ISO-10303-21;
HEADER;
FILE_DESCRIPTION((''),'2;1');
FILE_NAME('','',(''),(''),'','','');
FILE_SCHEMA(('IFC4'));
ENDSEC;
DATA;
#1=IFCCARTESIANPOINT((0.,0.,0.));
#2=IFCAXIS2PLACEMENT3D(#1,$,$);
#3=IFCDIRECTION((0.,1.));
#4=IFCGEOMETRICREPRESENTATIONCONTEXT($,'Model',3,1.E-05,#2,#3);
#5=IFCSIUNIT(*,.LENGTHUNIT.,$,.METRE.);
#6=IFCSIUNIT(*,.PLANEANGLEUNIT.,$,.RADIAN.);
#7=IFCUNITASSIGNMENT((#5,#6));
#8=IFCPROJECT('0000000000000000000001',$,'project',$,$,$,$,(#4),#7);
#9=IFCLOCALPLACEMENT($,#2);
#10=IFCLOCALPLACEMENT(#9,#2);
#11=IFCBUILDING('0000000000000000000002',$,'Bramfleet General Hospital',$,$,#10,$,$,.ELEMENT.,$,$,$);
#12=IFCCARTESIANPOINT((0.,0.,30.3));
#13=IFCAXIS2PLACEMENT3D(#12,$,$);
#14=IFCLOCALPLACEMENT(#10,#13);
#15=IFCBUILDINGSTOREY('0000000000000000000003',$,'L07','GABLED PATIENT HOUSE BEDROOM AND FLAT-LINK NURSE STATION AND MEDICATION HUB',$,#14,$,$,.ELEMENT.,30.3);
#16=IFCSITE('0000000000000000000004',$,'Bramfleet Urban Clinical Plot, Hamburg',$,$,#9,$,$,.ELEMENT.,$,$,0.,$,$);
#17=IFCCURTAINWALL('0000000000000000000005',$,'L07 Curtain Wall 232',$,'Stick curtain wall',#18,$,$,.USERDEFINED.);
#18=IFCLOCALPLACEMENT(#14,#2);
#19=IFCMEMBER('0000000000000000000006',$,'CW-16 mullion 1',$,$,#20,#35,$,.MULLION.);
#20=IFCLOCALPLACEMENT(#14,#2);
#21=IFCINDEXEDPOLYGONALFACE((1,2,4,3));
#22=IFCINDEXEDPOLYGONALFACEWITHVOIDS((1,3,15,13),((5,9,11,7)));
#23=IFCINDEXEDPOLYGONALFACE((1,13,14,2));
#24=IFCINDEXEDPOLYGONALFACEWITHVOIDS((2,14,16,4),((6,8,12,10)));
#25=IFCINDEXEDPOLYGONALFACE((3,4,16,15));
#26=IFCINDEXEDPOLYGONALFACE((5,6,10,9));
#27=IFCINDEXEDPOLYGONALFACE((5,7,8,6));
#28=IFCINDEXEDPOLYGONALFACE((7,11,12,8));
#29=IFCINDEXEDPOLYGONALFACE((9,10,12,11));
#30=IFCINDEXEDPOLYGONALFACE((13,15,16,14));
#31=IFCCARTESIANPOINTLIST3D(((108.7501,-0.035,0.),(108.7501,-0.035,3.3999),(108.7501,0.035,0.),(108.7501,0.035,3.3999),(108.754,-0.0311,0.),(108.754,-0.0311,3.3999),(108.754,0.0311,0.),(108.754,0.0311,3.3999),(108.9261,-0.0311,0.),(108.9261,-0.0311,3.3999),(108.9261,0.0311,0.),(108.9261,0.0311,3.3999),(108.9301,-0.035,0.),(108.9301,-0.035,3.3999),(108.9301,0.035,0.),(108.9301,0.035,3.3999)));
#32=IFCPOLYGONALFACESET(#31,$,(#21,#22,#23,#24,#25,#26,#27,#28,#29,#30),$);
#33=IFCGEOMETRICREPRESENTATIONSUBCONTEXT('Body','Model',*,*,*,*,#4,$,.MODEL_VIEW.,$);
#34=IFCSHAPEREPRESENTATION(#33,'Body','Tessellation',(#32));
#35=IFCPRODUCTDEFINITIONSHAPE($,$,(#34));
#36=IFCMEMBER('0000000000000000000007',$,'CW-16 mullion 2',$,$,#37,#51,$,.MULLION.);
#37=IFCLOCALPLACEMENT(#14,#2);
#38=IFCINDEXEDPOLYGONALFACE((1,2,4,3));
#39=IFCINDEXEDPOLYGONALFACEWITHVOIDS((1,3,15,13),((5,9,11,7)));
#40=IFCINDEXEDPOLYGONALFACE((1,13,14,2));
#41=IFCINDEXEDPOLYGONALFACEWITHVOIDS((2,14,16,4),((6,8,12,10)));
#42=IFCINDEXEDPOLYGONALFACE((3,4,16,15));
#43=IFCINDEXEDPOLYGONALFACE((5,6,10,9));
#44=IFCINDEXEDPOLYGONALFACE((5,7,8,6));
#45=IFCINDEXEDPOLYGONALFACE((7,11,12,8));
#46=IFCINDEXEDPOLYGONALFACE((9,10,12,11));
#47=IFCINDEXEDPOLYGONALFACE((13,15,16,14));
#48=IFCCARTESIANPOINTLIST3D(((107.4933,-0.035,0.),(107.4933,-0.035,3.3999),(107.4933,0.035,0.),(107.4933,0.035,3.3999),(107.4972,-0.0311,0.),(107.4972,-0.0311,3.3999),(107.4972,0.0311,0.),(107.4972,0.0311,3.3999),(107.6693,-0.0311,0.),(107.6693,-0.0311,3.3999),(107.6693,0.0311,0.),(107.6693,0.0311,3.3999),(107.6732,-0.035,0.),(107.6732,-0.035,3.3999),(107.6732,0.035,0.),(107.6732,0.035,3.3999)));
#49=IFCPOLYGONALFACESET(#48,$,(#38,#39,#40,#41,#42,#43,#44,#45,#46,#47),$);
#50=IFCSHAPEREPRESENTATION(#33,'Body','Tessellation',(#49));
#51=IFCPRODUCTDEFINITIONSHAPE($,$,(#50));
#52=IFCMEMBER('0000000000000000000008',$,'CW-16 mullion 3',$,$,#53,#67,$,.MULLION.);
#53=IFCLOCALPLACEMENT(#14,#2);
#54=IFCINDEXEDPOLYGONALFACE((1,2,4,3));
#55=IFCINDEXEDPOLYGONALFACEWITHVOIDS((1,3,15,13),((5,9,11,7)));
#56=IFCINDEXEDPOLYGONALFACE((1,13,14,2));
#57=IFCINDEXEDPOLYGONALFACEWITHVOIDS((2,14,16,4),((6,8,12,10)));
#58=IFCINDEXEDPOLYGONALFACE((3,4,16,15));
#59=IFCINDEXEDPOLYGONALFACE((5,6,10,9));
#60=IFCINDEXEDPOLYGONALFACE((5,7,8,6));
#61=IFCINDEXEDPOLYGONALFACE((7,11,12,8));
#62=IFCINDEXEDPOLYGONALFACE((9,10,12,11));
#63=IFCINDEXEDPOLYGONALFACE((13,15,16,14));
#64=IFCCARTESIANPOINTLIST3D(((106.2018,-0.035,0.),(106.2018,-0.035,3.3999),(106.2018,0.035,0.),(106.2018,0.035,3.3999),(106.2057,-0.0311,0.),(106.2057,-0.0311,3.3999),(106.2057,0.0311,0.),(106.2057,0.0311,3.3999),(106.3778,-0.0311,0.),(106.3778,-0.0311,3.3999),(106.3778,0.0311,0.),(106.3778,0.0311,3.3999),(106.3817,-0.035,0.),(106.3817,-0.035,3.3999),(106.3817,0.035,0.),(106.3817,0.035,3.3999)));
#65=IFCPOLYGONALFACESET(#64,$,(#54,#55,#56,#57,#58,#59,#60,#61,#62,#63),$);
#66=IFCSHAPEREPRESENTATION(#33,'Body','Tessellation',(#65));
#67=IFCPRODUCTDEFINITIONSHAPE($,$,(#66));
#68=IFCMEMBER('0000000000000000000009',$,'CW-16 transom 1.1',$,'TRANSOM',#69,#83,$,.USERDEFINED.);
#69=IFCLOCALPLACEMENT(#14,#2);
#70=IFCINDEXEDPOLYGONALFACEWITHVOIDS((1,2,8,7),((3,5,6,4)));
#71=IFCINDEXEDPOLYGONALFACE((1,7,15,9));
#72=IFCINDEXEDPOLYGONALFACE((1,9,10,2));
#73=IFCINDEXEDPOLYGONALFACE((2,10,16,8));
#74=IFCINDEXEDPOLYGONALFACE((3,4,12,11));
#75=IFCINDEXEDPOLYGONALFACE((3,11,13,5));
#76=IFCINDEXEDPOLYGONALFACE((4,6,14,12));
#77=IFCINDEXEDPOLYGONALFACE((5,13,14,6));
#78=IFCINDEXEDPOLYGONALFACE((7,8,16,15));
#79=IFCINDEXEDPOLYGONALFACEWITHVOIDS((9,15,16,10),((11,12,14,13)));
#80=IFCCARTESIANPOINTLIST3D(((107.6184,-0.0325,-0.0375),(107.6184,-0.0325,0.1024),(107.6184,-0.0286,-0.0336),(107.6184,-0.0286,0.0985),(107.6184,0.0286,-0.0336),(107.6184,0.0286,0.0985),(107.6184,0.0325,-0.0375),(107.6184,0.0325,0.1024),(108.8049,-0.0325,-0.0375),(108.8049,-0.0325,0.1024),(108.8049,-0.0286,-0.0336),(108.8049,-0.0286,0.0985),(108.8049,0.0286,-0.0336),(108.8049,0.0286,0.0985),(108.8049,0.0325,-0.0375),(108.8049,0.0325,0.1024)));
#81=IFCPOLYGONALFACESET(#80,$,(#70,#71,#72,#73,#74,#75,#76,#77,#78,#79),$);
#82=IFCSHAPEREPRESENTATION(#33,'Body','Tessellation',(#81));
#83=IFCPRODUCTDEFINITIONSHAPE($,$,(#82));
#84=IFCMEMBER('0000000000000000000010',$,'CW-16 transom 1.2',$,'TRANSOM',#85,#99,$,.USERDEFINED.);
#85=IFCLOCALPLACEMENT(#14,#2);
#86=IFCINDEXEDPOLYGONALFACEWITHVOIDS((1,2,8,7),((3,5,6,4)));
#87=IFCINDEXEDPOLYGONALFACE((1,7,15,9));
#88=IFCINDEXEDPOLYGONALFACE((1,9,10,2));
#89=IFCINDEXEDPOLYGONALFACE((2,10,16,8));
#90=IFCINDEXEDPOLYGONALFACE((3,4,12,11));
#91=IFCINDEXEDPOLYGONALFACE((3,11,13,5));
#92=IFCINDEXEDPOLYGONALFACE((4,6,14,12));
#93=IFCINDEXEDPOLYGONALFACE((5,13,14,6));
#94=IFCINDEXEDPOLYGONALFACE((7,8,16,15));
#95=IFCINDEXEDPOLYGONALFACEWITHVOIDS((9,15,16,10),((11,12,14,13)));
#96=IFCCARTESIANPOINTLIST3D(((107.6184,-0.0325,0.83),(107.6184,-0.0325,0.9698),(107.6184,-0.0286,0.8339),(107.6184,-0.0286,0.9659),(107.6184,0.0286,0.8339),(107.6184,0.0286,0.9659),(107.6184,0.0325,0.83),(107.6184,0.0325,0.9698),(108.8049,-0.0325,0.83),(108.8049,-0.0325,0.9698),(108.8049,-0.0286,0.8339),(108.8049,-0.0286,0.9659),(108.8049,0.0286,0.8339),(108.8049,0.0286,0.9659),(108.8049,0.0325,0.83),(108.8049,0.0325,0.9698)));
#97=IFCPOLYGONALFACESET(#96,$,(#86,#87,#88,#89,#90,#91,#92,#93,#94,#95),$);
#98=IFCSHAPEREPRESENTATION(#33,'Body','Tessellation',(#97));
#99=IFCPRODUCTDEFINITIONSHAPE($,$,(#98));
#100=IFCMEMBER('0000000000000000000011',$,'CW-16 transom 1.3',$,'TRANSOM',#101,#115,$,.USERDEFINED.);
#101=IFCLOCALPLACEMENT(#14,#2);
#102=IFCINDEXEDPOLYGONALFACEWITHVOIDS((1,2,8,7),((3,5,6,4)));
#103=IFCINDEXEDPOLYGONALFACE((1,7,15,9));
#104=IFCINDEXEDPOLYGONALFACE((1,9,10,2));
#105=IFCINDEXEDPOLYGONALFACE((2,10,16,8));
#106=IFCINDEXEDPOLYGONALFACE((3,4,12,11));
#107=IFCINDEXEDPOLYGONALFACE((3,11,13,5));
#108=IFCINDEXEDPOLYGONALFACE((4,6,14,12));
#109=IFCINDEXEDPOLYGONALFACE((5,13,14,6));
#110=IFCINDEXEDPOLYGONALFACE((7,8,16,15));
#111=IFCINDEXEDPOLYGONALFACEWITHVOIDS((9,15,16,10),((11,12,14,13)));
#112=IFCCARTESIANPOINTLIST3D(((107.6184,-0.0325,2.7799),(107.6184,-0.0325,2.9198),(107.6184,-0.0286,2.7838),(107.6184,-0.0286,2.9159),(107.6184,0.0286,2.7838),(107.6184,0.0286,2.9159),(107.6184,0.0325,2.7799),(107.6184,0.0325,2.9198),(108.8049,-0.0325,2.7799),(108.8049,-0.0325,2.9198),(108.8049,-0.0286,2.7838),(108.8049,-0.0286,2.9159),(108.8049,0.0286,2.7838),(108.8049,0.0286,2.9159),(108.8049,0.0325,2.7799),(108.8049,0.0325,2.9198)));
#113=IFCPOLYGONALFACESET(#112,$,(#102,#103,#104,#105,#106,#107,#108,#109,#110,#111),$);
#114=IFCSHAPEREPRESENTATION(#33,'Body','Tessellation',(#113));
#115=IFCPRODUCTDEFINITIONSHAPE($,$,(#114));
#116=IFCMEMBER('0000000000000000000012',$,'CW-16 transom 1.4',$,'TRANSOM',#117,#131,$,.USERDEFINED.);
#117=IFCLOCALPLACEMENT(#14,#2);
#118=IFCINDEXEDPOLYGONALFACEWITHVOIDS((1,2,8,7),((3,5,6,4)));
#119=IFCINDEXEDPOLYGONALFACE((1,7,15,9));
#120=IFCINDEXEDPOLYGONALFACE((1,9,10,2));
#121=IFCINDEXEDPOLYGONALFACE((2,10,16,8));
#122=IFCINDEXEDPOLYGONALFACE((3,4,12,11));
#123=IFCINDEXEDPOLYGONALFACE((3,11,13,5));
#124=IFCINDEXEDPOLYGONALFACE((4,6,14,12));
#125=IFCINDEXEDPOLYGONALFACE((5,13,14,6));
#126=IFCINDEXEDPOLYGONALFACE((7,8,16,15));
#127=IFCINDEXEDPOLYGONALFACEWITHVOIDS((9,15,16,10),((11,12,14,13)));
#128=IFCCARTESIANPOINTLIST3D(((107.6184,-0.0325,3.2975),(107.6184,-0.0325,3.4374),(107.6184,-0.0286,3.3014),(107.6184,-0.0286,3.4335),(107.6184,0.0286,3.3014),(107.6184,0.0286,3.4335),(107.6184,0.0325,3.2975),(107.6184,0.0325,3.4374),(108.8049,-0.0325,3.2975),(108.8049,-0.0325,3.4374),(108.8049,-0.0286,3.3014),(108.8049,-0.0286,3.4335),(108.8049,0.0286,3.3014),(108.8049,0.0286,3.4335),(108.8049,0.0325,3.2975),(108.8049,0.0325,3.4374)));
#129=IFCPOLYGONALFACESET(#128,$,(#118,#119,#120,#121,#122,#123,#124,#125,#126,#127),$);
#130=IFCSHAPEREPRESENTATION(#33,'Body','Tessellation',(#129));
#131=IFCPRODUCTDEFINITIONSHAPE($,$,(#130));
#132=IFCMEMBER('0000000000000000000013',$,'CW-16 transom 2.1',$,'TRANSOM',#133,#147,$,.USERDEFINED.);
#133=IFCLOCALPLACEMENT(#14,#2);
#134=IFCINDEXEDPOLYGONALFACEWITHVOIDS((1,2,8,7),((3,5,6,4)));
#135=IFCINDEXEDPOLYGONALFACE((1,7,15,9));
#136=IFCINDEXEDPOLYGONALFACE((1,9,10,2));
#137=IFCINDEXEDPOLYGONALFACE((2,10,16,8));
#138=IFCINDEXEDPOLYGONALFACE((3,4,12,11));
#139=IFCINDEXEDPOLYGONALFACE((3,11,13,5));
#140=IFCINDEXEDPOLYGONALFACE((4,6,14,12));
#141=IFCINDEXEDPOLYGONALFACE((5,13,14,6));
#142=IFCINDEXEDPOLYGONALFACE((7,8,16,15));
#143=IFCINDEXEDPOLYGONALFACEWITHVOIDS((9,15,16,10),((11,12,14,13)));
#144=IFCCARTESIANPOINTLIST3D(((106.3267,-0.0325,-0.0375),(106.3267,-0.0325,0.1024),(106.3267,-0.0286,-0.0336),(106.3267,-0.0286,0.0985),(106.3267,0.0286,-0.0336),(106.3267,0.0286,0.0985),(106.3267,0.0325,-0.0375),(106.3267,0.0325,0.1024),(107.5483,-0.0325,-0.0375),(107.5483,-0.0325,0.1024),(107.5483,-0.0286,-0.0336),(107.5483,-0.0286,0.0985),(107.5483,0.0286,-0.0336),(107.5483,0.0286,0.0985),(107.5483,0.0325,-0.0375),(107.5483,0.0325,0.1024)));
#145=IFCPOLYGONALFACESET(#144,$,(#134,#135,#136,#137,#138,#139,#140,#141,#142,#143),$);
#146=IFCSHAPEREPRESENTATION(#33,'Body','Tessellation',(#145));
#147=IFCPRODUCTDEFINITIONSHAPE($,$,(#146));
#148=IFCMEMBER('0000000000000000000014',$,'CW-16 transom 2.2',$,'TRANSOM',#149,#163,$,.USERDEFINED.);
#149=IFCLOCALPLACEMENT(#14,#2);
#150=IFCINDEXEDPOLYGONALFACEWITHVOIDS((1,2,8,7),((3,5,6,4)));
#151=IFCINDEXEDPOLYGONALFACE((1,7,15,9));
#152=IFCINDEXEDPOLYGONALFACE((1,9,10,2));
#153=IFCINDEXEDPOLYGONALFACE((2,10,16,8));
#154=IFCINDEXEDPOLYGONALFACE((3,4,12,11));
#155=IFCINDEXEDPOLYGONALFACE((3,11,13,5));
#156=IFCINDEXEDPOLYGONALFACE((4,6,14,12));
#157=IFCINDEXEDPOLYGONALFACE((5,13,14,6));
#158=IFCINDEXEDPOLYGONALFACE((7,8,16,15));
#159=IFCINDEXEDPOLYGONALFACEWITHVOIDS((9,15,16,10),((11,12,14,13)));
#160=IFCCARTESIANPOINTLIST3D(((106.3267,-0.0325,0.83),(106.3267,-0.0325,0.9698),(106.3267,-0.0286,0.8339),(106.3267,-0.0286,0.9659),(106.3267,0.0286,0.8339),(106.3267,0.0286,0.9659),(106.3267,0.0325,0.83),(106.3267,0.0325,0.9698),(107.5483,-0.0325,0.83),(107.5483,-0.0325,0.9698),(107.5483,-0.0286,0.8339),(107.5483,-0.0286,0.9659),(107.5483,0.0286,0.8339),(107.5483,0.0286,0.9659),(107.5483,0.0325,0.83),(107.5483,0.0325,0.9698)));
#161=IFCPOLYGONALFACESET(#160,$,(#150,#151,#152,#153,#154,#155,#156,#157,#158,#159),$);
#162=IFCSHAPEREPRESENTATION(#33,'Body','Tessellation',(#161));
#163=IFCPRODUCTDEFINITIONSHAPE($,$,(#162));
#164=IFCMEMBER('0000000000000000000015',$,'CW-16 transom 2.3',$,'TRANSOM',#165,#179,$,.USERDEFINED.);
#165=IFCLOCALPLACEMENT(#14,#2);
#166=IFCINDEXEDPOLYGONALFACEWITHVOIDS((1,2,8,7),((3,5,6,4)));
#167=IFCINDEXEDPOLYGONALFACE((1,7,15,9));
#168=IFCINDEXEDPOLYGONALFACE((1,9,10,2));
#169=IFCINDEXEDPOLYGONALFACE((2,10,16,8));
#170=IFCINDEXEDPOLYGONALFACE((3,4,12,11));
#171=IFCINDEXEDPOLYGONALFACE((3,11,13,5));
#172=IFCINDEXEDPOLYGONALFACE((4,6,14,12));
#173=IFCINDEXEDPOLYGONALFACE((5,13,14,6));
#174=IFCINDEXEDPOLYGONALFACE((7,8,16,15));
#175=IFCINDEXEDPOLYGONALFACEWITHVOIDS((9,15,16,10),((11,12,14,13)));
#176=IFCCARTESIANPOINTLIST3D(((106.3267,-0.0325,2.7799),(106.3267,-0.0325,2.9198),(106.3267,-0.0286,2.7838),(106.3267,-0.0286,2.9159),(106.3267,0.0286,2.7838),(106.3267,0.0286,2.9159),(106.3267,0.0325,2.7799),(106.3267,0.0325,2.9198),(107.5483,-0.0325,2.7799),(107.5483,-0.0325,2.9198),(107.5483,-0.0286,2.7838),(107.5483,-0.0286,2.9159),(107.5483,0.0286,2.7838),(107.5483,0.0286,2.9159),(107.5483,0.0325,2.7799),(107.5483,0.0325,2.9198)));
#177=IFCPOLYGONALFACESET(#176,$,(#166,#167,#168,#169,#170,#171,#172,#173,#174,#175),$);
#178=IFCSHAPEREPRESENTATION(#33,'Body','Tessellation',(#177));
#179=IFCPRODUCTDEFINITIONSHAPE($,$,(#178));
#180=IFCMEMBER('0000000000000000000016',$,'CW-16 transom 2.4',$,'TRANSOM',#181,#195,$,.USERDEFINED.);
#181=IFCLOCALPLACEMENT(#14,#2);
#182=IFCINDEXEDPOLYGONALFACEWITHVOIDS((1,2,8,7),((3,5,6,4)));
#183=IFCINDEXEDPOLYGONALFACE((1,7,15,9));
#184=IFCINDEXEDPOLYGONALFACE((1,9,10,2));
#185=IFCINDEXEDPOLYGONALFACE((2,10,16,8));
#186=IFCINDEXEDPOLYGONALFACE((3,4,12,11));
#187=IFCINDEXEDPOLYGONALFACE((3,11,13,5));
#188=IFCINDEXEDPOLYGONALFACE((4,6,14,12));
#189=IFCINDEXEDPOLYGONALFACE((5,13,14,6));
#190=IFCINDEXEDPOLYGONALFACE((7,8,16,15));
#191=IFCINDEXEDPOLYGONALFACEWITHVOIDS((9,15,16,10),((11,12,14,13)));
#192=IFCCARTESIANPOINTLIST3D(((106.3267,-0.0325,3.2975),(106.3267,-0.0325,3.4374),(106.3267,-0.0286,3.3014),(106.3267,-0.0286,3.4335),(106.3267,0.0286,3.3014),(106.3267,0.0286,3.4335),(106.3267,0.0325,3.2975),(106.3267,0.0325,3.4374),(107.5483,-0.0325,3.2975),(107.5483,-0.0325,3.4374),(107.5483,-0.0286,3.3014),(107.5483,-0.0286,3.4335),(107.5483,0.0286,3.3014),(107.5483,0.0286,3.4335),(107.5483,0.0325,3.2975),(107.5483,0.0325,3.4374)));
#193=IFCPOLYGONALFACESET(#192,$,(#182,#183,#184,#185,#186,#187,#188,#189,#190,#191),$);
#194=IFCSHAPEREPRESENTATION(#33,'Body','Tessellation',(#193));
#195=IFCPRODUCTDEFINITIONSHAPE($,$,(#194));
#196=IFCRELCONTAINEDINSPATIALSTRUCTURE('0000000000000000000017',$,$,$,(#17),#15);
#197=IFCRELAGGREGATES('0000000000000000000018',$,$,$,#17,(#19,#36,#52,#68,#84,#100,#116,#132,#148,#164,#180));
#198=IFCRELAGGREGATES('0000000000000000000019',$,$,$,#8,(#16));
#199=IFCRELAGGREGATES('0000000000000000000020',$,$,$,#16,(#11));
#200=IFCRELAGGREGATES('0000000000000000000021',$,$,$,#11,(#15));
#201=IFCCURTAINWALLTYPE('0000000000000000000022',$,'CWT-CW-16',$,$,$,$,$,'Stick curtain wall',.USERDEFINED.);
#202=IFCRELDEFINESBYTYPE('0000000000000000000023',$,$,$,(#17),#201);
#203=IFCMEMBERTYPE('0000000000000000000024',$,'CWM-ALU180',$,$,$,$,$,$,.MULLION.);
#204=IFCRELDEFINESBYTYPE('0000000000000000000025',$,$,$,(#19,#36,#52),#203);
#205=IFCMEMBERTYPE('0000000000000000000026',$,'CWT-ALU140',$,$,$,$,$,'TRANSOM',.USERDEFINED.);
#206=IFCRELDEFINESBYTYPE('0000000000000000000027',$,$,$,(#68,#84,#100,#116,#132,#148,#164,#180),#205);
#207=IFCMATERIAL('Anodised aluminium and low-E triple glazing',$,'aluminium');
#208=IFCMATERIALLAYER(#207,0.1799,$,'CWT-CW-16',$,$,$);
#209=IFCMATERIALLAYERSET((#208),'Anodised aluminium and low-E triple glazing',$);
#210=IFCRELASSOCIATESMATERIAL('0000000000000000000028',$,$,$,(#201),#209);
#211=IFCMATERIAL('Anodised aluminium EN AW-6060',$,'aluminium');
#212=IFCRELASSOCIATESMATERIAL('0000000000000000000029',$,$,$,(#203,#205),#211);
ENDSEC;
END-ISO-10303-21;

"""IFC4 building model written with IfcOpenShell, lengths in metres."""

from ifc_helpers import new_model, si_unit, direction, frame, origin, origin_2d, place, context, subcontext, project, spatial, hollow_rectangle, extrude, material, layer, layer_set, material_profile, profile_set, type_object, element, aggregate, save


model = new_model("IFC4")

# Units and contexts
model_context = context("Model", 3, precision=1e-05, world=origin(), true_north=direction((0.0, 1.0)))
body_context = subcontext(model_context, "Body", "Model", "MODEL_VIEW")
ifc_project = project(units=[si_unit("LENGTHUNIT", "METRE"), si_unit("PLANEANGLEUNIT", "RADIAN")], contexts=[model_context])

# Site, building, storey
site_placement = place(None, origin())
site = spatial("IfcSite", under=ifc_project, at=site_placement, Name="Bramfleet Urban Clinical Plot, Hamburg", CompositionType="ELEMENT", RefElevation=0.0)
building_placement = place(site_placement, origin())
building = spatial("IfcBuilding", under=site, at=building_placement, Name="Bramfleet General Hospital", CompositionType="ELEMENT")
storey_placement = place(building_placement, frame((0.0, 0.0, 30.3)))
storey = spatial("IfcBuildingStorey", under=building, at=storey_placement, Name="L07", Description="GABLED PATIENT HOUSE BEDROOM AND FLAT-LINK NURSE STATION AND MEDICATION HUB", CompositionType="ELEMENT", Elevation=30.3)

# Curtain wall, members
ifc_material_1 = material(Name="Anodised aluminium and low-E triple glazing", Category="aluminium")
ifc_layer_1 = layer(ifc_material_1, 0.1799, Name="CWT-CW-16")
ifc_layer_set_1 = layer_set([ifc_layer_1], Name="Anodised aluminium and low-E triple glazing")
curtain_wall_type = type_object("IfcCurtainWallType", Name="CWT-CW-16", ElementType="Stick curtain wall", PredefinedType="USERDEFINED", material=ifc_layer_set_1)
curtain_wall_placement = place(storey_placement, origin())
curtain_wall = element("IfcCurtainWall", 1, at=curtain_wall_placement, inside=storey, type_object=curtain_wall_type, Name="L07 Curtain Wall 232", ObjectType="Stick curtain wall", PredefinedType="USERDEFINED")
ifc_material_2 = material(Name="Anodised aluminium EN AW-6060", Category="aluminium")
ifc_material_profile_1 = material_profile(ifc_material_2, hollow_rectangle(XDim=0.0701, YDim=0.1799, WallThickness=0.0039, at=origin_2d()), Name="ALU 180x70x4.0")
ifc_profile_set_1 = profile_set([ifc_material_profile_1], Name="Anodised aluminium EN AW-6060")
member_type_1 = type_object("IfcMemberType", Name="CWM-ALU180", PredefinedType="MULLION", material=ifc_profile_set_1)
member_1_placement = place(storey_placement, frame((108.8401, 0.0, 0.0), z_axis=(0.0, 0.0, 1.0), x_axis=(0.0, -1.0, 0.0)))
member_1 = element("IfcMember", 2, at=member_1_placement, type_object=member_type_1, Name="CW-16 mullion 1", PredefinedType="MULLION", context=body_context, shape_type="SweptSolid", body=[
    extrude(hollow_rectangle(XDim=0.0701, YDim=0.1799, WallThickness=0.0039, at=origin_2d()), origin(), (0.0, 0.0, 1.0), 3.3999),
])
member_2_placement = place(storey_placement, frame((107.5833, 0.0, 0.0), z_axis=(0.0, 0.0, 1.0), x_axis=(0.0, -1.0, 0.0)))
member_2 = element("IfcMember", 3, at=member_2_placement, type_object=member_type_1, Name="CW-16 mullion 2", PredefinedType="MULLION", context=body_context, shape_type="SweptSolid", body=[
    extrude(hollow_rectangle(XDim=0.0701, YDim=0.1799, WallThickness=0.0039, at=origin_2d()), origin(), (0.0, 0.0, 1.0), 3.3999),
])
member_3_placement = place(storey_placement, frame((106.2917, 0.0, 0.0), z_axis=(0.0, 0.0, 1.0), x_axis=(0.0, -1.0, 0.0)))
member_3 = element("IfcMember", 4, at=member_3_placement, type_object=member_type_1, Name="CW-16 mullion 3", PredefinedType="MULLION", context=body_context, shape_type="SweptSolid", body=[
    extrude(hollow_rectangle(XDim=0.0701, YDim=0.1799, WallThickness=0.0039, at=origin_2d()), origin(), (0.0, 0.0, 1.0), 3.3999),
])
ifc_material_profile_2 = material_profile(ifc_material_2, hollow_rectangle(XDim=0.0649, YDim=0.1399, WallThickness=0.0039, at=origin_2d()), Name="ALU 140x65x4.0")
ifc_profile_set_2 = profile_set([ifc_material_profile_2], Name="Anodised aluminium EN AW-6060")
member_type_2 = type_object("IfcMemberType", Name="CWT-ALU140", ElementType="TRANSOM", PredefinedType="USERDEFINED", material=ifc_profile_set_2)
member_4_placement = place(storey_placement, frame((108.8049, 0.0, 0.0325), z_axis=(-1.0, 0.0, 0.0), x_axis=(0.0, -1.0, 0.0)))
member_4 = element("IfcMember", 5, at=member_4_placement, type_object=member_type_2, Name="CW-16 transom 1.1", ObjectType="TRANSOM", PredefinedType="USERDEFINED", context=body_context, shape_type="SweptSolid", body=[
    extrude(hollow_rectangle(XDim=0.0649, YDim=0.1399, WallThickness=0.0039, at=origin_2d()), origin(), (0.0, 0.0, 1.0), 1.1865),
])
member_5_placement = place(storey_placement, frame((108.8049, 0.0, 0.8999), z_axis=(-1.0, 0.0, 0.0), x_axis=(0.0, -1.0, 0.0)))
member_5 = element("IfcMember", 6, at=member_5_placement, type_object=member_type_2, Name="CW-16 transom 1.2", ObjectType="TRANSOM", PredefinedType="USERDEFINED", context=body_context, shape_type="SweptSolid", body=[
    extrude(hollow_rectangle(XDim=0.0649, YDim=0.1399, WallThickness=0.0039, at=origin_2d()), origin(), (0.0, 0.0, 1.0), 1.1865),
])
member_6_placement = place(storey_placement, frame((108.8049, 0.0, 2.8499), z_axis=(-1.0, 0.0, 0.0), x_axis=(0.0, -1.0, 0.0)))
member_6 = element("IfcMember", 7, at=member_6_placement, type_object=member_type_2, Name="CW-16 transom 1.3", ObjectType="TRANSOM", PredefinedType="USERDEFINED", context=body_context, shape_type="SweptSolid", body=[
    extrude(hollow_rectangle(XDim=0.0649, YDim=0.1399, WallThickness=0.0039, at=origin_2d()), origin(), (0.0, 0.0, 1.0), 1.1865),
])
member_7_placement = place(storey_placement, frame((108.8049, 0.0, 3.3674), z_axis=(-1.0, 0.0, 0.0), x_axis=(0.0, -1.0, 0.0)))
member_7 = element("IfcMember", 8, at=member_7_placement, type_object=member_type_2, Name="CW-16 transom 1.4", ObjectType="TRANSOM", PredefinedType="USERDEFINED", context=body_context, shape_type="SweptSolid", body=[
    extrude(hollow_rectangle(XDim=0.0649, YDim=0.1399, WallThickness=0.0039, at=origin_2d()), origin(), (0.0, 0.0, 1.0), 1.1865),
])
member_8_placement = place(storey_placement, frame((107.5483, 0.0, 0.0325), z_axis=(-1.0, 0.0, 0.0), x_axis=(0.0, -1.0, 0.0)))
member_8 = element("IfcMember", 9, at=member_8_placement, type_object=member_type_2, Name="CW-16 transom 2.1", ObjectType="TRANSOM", PredefinedType="USERDEFINED", context=body_context, shape_type="SweptSolid", body=[
    extrude(hollow_rectangle(XDim=0.0649, YDim=0.1399, WallThickness=0.0039, at=origin_2d()), origin(), (0.0, 0.0, 1.0), 1.2217),
])
member_9_placement = place(storey_placement, frame((107.5483, 0.0, 0.8999), z_axis=(-1.0, 0.0, 0.0), x_axis=(0.0, -1.0, 0.0)))
member_9 = element("IfcMember", 10, at=member_9_placement, type_object=member_type_2, Name="CW-16 transom 2.2", ObjectType="TRANSOM", PredefinedType="USERDEFINED", context=body_context, shape_type="SweptSolid", body=[
    extrude(hollow_rectangle(XDim=0.0649, YDim=0.1399, WallThickness=0.0039, at=origin_2d()), origin(), (0.0, 0.0, 1.0), 1.2217),
])
member_10_placement = place(storey_placement, frame((107.5483, 0.0, 2.8499), z_axis=(-1.0, 0.0, 0.0), x_axis=(0.0, -1.0, 0.0)))
member_10 = element("IfcMember", 11, at=member_10_placement, type_object=member_type_2, Name="CW-16 transom 2.3", ObjectType="TRANSOM", PredefinedType="USERDEFINED", context=body_context, shape_type="SweptSolid", body=[
    extrude(hollow_rectangle(XDim=0.0649, YDim=0.1399, WallThickness=0.0039, at=origin_2d()), origin(), (0.0, 0.0, 1.0), 1.2217),
])
member_11_placement = place(storey_placement, frame((107.5483, 0.0, 3.3674), z_axis=(-1.0, 0.0, 0.0), x_axis=(0.0, -1.0, 0.0)))
member_11 = element("IfcMember", 12, at=member_11_placement, type_object=member_type_2, Name="CW-16 transom 2.4", ObjectType="TRANSOM", PredefinedType="USERDEFINED", context=body_context, shape_type="SweptSolid", body=[
    extrude(hollow_rectangle(XDim=0.0649, YDim=0.1399, WallThickness=0.0039, at=origin_2d()), origin(), (0.0, 0.0, 1.0), 1.2217),
])
aggregate(curtain_wall, [member_1, member_2, member_3, member_4, member_5, member_6, member_7, member_8, member_9, member_10, member_11])

save(model, "model.ifc")
